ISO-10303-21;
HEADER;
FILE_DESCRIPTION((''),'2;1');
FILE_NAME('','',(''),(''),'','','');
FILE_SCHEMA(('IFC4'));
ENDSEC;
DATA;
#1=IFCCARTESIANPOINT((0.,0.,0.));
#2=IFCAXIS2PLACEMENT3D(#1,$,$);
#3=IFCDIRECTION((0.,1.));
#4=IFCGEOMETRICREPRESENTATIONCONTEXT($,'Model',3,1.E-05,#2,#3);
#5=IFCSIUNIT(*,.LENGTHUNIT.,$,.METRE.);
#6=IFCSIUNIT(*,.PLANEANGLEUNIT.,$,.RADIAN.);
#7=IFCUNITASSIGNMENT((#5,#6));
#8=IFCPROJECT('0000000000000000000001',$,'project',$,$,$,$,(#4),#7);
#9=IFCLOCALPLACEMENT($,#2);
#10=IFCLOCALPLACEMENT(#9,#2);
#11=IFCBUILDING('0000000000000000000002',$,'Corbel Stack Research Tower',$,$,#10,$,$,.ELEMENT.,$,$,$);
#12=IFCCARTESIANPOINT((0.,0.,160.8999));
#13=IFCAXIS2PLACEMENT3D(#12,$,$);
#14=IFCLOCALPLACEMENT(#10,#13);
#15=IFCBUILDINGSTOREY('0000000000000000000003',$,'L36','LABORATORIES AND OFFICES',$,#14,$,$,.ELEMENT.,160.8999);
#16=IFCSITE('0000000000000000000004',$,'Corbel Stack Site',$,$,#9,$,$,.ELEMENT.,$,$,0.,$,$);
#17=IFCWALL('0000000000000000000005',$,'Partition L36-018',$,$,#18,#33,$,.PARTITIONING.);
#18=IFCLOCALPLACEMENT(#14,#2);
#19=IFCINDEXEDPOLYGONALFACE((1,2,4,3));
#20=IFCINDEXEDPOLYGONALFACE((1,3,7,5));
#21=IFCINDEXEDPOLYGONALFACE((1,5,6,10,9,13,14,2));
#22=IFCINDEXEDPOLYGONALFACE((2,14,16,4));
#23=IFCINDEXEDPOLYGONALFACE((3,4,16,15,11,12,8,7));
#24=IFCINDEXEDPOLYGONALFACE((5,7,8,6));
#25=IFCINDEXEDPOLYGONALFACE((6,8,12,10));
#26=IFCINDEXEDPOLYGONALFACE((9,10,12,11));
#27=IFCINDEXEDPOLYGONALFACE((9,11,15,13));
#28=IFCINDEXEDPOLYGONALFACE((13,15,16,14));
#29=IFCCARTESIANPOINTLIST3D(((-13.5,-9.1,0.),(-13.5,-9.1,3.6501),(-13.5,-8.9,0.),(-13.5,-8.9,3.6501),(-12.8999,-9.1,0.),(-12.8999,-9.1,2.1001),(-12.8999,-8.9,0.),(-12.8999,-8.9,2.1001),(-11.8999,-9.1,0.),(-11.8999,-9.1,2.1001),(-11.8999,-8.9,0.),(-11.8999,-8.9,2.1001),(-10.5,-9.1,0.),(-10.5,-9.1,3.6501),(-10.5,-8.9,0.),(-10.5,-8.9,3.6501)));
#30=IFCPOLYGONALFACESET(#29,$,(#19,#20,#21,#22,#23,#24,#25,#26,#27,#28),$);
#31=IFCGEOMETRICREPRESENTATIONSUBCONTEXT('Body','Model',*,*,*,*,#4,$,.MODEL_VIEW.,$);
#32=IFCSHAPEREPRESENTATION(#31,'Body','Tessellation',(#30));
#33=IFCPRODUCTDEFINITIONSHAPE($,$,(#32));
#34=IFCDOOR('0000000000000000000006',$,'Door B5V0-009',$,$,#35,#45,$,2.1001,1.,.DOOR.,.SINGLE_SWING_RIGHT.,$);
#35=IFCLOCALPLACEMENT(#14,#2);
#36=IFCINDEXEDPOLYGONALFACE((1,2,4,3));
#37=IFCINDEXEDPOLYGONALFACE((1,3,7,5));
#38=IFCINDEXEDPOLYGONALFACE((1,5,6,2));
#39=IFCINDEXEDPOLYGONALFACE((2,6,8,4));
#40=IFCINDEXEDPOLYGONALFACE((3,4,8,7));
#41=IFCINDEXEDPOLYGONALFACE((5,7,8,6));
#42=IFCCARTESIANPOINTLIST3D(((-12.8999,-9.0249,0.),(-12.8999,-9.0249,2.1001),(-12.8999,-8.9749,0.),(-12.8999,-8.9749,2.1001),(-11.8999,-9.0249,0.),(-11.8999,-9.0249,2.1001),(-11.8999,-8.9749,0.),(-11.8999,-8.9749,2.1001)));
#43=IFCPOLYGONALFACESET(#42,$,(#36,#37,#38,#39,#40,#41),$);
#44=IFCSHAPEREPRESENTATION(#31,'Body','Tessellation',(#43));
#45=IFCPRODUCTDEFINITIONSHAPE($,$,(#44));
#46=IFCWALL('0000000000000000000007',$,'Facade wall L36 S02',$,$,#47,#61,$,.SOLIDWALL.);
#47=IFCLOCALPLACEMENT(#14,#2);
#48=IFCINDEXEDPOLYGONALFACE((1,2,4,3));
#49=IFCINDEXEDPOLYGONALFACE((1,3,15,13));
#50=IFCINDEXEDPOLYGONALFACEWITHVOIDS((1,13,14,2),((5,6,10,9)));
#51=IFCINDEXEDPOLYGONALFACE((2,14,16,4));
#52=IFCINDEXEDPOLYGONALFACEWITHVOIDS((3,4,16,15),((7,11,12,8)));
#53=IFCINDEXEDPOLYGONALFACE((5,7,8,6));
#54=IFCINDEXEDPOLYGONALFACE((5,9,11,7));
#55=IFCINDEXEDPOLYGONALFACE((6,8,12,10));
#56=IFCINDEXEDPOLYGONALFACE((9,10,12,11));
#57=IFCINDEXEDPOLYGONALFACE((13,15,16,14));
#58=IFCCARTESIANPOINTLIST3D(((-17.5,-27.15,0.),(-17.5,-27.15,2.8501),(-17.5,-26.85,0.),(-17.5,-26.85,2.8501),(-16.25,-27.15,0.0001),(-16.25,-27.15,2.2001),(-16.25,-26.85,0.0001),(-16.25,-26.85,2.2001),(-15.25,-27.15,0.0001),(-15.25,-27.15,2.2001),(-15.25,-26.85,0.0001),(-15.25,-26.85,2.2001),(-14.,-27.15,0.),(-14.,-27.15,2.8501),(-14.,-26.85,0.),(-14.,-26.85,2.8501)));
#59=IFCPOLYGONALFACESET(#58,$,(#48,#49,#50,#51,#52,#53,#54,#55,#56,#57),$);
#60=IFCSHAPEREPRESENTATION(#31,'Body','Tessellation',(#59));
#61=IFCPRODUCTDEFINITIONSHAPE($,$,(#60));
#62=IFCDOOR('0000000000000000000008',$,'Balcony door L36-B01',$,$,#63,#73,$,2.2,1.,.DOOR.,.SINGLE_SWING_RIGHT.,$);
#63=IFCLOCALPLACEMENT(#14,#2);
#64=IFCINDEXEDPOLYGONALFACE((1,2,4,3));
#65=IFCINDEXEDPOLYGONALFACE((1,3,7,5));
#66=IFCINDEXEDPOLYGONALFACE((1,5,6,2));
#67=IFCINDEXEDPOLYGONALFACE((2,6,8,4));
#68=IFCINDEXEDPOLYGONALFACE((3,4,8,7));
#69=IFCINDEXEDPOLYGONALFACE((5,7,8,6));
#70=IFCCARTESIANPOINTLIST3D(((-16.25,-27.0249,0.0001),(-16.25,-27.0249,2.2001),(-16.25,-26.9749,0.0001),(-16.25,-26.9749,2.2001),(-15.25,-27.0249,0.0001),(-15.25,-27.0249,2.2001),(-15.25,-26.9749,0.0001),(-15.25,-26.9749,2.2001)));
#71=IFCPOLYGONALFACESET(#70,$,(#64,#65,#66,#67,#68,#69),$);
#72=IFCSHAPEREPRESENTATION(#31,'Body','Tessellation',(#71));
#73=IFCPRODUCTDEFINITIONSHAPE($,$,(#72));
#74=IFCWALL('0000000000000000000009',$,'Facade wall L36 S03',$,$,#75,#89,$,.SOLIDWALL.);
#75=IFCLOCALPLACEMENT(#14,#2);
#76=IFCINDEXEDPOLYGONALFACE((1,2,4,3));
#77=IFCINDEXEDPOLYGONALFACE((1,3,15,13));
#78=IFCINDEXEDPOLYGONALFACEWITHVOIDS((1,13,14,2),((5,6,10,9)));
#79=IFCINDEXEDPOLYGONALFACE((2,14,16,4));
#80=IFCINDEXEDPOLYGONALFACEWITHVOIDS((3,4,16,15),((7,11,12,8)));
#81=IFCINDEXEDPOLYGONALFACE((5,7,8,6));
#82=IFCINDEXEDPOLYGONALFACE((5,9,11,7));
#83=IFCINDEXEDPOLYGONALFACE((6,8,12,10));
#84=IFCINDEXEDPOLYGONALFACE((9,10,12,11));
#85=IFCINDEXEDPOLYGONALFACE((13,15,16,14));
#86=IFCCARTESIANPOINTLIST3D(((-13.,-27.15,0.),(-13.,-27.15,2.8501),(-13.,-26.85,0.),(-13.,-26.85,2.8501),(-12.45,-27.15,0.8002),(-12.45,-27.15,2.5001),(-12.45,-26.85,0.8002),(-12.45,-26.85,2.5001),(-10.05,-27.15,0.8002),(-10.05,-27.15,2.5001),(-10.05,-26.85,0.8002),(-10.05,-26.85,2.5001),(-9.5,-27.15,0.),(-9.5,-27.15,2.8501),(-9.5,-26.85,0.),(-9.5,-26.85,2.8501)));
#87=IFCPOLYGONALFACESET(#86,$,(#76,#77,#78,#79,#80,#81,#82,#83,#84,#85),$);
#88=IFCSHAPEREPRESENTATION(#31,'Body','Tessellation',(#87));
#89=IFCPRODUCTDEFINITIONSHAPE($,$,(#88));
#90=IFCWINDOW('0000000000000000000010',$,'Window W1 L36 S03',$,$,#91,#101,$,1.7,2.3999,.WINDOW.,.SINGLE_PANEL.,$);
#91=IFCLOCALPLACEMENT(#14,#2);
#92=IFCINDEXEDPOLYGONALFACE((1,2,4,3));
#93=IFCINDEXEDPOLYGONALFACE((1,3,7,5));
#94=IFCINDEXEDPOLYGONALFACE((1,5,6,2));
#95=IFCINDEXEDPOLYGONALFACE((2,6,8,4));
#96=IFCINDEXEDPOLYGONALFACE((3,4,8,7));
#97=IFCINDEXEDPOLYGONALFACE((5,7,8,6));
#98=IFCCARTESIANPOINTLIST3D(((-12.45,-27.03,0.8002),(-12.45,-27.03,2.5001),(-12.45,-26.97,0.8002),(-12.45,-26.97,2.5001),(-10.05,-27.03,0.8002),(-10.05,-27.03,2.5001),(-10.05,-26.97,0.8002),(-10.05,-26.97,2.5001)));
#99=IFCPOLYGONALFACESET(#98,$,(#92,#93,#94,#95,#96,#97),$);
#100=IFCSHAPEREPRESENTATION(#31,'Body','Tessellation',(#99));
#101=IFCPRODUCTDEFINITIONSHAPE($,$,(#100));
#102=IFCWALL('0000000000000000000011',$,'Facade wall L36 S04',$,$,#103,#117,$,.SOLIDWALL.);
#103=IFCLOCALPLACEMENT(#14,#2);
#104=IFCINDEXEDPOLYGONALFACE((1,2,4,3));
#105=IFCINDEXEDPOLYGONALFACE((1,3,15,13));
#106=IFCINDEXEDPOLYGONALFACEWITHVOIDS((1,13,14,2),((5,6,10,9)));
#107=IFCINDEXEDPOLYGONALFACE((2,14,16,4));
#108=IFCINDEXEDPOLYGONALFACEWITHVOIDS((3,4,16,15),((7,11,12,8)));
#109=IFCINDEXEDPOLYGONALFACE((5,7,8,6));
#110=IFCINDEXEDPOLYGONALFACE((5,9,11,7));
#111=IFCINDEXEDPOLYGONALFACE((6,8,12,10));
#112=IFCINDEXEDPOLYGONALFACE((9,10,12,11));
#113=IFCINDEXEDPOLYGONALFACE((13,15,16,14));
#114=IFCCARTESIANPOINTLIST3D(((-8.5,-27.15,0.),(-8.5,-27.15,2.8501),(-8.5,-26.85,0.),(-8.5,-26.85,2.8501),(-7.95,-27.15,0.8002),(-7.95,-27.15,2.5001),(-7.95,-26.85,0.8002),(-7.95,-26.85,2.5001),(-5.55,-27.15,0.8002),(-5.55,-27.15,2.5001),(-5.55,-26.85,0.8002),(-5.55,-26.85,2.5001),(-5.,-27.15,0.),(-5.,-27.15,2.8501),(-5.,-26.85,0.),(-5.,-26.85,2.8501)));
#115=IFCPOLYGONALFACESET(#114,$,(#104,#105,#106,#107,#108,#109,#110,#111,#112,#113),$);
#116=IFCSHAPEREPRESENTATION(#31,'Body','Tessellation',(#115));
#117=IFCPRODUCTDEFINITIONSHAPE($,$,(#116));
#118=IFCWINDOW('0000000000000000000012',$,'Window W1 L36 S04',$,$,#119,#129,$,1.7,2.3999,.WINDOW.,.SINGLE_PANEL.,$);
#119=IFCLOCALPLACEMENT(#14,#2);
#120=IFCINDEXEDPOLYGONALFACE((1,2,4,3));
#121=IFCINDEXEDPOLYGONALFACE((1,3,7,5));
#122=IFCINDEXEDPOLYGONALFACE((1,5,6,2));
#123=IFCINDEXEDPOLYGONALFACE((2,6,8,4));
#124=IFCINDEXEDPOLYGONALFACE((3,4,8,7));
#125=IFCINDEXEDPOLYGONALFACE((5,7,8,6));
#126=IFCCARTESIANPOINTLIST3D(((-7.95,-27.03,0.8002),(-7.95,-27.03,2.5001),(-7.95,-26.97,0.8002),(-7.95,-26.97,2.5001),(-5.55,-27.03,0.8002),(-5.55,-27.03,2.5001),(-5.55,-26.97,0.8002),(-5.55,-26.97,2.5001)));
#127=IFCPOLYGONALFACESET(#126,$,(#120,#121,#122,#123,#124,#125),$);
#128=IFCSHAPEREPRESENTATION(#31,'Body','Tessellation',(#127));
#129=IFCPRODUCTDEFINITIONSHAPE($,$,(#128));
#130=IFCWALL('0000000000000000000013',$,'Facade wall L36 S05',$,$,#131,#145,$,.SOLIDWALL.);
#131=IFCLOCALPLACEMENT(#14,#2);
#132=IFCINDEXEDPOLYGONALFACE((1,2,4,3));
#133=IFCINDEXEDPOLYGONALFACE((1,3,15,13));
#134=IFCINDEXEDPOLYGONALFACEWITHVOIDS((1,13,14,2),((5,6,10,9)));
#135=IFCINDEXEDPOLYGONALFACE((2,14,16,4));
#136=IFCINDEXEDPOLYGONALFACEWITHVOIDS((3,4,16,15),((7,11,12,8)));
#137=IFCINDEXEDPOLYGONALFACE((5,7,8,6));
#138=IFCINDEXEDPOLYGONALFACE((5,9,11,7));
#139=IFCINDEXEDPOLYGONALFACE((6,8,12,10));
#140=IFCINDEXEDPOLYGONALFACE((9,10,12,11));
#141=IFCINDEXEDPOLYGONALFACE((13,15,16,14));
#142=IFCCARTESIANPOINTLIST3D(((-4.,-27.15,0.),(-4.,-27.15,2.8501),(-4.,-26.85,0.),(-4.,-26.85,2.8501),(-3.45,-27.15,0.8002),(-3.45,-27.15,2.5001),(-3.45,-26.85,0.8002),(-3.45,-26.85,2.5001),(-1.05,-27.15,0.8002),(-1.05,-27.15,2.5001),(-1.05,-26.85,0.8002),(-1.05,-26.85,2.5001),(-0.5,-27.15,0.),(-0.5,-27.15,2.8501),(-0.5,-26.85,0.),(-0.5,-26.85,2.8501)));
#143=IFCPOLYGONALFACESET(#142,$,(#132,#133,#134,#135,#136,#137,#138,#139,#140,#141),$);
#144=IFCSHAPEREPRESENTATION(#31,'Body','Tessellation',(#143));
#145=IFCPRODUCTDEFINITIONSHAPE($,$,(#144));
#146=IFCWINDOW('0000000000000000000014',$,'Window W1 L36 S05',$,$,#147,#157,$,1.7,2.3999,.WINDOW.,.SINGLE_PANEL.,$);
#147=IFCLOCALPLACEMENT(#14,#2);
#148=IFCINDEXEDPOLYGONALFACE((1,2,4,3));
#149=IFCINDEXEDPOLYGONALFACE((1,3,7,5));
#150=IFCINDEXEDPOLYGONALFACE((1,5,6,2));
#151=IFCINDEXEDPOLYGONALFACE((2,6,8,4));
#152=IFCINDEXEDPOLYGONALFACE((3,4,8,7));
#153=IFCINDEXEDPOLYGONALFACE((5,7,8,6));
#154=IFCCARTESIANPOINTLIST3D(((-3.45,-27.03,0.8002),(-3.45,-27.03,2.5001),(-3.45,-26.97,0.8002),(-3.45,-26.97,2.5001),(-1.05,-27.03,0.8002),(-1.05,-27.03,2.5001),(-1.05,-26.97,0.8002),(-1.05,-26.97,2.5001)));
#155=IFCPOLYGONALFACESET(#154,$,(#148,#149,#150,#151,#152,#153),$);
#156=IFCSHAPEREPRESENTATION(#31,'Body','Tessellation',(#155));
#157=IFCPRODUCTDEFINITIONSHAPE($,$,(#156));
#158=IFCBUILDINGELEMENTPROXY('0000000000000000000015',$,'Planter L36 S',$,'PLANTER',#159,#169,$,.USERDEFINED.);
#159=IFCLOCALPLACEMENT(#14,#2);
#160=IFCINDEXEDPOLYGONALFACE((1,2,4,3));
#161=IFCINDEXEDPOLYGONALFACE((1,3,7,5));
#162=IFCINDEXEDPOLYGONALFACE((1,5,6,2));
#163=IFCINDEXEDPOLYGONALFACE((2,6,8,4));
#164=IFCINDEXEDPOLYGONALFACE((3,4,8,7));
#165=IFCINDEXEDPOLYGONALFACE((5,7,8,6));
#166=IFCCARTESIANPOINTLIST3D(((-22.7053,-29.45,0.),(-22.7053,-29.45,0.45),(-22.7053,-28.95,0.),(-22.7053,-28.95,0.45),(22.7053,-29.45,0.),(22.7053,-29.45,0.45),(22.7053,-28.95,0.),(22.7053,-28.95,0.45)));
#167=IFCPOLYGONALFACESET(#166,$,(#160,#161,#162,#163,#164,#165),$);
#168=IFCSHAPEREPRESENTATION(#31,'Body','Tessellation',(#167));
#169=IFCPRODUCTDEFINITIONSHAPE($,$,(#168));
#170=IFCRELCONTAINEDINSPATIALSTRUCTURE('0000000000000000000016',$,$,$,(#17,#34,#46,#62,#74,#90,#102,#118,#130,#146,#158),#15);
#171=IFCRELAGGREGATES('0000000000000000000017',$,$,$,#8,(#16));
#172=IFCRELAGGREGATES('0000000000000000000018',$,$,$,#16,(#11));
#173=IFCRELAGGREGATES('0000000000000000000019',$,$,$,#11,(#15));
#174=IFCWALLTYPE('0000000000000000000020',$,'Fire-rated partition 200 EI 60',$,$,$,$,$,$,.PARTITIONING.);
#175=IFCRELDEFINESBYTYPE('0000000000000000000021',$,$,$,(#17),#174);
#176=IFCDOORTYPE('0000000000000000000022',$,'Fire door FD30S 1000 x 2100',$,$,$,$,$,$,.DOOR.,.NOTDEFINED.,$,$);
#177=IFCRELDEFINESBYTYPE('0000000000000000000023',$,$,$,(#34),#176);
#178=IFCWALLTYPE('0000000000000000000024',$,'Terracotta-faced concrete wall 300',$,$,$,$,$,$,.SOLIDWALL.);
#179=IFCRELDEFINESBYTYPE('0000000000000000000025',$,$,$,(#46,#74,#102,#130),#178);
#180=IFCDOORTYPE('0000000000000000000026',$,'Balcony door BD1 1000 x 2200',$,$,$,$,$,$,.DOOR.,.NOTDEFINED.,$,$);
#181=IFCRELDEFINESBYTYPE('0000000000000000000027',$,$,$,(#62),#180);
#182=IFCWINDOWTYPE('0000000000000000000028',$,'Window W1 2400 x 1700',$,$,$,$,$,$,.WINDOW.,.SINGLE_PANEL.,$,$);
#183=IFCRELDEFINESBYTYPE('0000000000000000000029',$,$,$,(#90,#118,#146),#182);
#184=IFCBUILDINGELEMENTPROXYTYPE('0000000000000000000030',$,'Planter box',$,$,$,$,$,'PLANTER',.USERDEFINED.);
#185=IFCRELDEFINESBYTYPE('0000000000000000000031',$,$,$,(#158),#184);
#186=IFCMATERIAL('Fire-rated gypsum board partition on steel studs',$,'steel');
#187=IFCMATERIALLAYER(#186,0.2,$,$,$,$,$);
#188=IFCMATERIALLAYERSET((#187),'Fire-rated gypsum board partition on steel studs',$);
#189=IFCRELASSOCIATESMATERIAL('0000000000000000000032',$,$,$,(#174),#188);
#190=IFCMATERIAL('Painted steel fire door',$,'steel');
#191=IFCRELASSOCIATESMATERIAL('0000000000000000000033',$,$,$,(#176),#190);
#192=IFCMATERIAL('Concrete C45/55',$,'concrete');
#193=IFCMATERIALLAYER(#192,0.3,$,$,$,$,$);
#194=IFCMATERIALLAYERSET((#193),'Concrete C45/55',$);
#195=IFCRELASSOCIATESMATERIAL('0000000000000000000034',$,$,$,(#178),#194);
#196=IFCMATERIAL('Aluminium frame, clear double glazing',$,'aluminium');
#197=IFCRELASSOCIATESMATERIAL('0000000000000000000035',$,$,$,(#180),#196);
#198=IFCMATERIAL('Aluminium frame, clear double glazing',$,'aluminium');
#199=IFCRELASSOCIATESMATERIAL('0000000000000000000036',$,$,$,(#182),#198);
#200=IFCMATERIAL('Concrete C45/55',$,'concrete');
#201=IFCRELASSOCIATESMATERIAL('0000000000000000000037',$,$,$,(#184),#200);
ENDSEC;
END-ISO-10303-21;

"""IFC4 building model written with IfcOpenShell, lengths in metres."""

from ifc_helpers import new_model, si_unit, direction, frame, frame_2d, origin, origin_2d, place, context, subcontext, project, spatial, rectangle, extrude, material, layer, layer_set, type_object, element, fill, save


model = new_model("IFC4")

# Units and contexts
model_context = context("Model", 3, precision=1e-05, world=origin(), true_north=direction((0.0, 1.0)))
body_context = subcontext(model_context, "Body", "Model", "MODEL_VIEW")
ifc_project = project(units=[si_unit("LENGTHUNIT", "METRE"), si_unit("PLANEANGLEUNIT", "RADIAN")], contexts=[model_context])

# Site, building, storey
site_placement = place(None, origin())
site = spatial("IfcSite", under=ifc_project, at=site_placement, Name="Corbel Stack Site", CompositionType="ELEMENT", RefElevation=0.0)
building_placement = place(site_placement, origin())
building = spatial("IfcBuilding", under=site, at=building_placement, Name="Corbel Stack Research Tower", CompositionType="ELEMENT")
storey_placement = place(building_placement, frame((0.0, 0.0, 160.8999)))
storey = spatial("IfcBuildingStorey", under=building, at=storey_placement, Name="L36", Description="LABORATORIES AND OFFICES", CompositionType="ELEMENT", Elevation=160.8999)

# Shared definitions
ifc_material_1 = material(Name="Fire-rated gypsum board partition on steel studs", Category="steel")
ifc_layer_1 = layer(ifc_material_1, 0.2)
ifc_layer_set_1 = layer_set([ifc_layer_1], Name="Fire-rated gypsum board partition on steel studs")
wall_type_1 = type_object("IfcWallType", Name="Fire-rated partition 200 EI 60", PredefinedType="PARTITIONING", material=ifc_layer_set_1)

# Walls, openings, doors
wall_1_placement = place(storey_placement, frame((-10.5, -9.0, 0.0), z_axis=(0.0, 0.0, 1.0), x_axis=(-1.0, 0.0, 0.0)))
wall_1 = element("IfcWall", 1, at=wall_1_placement, inside=storey, type_object=wall_type_1, Name="Partition L36-018", PredefinedType="PARTITIONING", context=body_context, shape_type="SweptSolid", body=[
    extrude(rectangle(XDim=3.0, YDim=0.2, at=frame_2d((1.5, 0.0))), origin(), (0.0, 0.0, 1.0), 3.6501),
])
opening_1_placement = place(wall_1_placement, frame((1.3999, 0.0, 0.0)))
opening_1 = element("IfcOpeningElement", 2, at=opening_1_placement, cuts=wall_1, PredefinedType="OPENING", context=body_context, shape_type="SweptSolid", body=[
    extrude(rectangle(XDim=1.0, YDim=2.1001, at=frame_2d((0.5, 1.05))), frame((0.0, 0.1099, 0.0), z_axis=(0.0, -1.0, 0.0), x_axis=(1.0, 0.0, 0.0)), (0.0, 0.0, 1.0), 0.22),
])
ifc_material_2 = material(Name="Painted steel fire door", Category="steel")
door_type_1 = type_object("IfcDoorType", Name="Fire door FD30S 1000 x 2100", OperationType="NOTDEFINED", PredefinedType="DOOR", material=ifc_material_2)
door_1_placement = place(opening_1_placement, origin())
door_1 = element("IfcDoor", 3, at=door_1_placement, inside=storey, type_object=door_type_1, Name="Door B5V0-009", OperationType="SINGLE_SWING_RIGHT", OverallHeight=2.1001, OverallWidth=1.0, PredefinedType="DOOR", context=body_context, shape_type="SweptSolid", body=[
    extrude(rectangle(XDim=1.0, YDim=2.1001, at=frame_2d((0.5, 1.05))), frame((0.0, 0.0249, 0.0), z_axis=(0.0, -1.0, 0.0), x_axis=(1.0, 0.0, 0.0)), (0.0, 0.0, 1.0), 0.05),
])
fill(opening_1, door_1)
ifc_material_3 = material(Name="Concrete C45/55", Category="concrete")
ifc_layer_2 = layer(ifc_material_3, 0.3)
ifc_layer_set_2 = layer_set([ifc_layer_2], Name="Concrete C45/55")
wall_type_2 = type_object("IfcWallType", Name="Terracotta-faced concrete wall 300", PredefinedType="SOLIDWALL", material=ifc_layer_set_2)
wall_2_placement = place(storey_placement, frame((-14.0, -27.0, 0.0), z_axis=(0.0, 0.0, 1.0), x_axis=(-1.0, 0.0, 0.0)))
wall_2 = element("IfcWall", 4, at=wall_2_placement, inside=storey, type_object=wall_type_2, Name="Facade wall L36 S02", PredefinedType="SOLIDWALL", context=body_context, shape_type="SweptSolid", body=[
    extrude(rectangle(XDim=3.5, YDim=0.3, at=frame_2d((1.75, 0.0))), origin(), (0.0, 0.0, 1.0), 2.8501),
])
opening_2_placement = place(wall_2_placement, frame((1.25, 0.0, 0.0)))
opening_2 = element("IfcOpeningElement", 5, at=opening_2_placement, cuts=wall_2, PredefinedType="OPENING", context=body_context, shape_type="SweptSolid", body=[
    extrude(rectangle(XDim=1.0, YDim=2.2, at=frame_2d((0.5, 1.1001))), frame((0.0, 0.1599, 0.0), z_axis=(0.0, -1.0, 0.0), x_axis=(1.0, 0.0, 0.0)), (0.0, 0.0, 1.0), 0.3201),
])
ifc_material_4 = material(Name="Aluminium frame, clear double glazing", Category="aluminium")
door_type_2 = type_object("IfcDoorType", Name="Balcony door BD1 1000 x 2200", OperationType="NOTDEFINED", PredefinedType="DOOR", material=ifc_material_4)
door_2_placement = place(opening_2_placement, origin())
door_2 = element("IfcDoor", 6, at=door_2_placement, inside=storey, type_object=door_type_2, Name="Balcony door L36-B01", OperationType="SINGLE_SWING_RIGHT", OverallHeight=2.2, OverallWidth=1.0, PredefinedType="DOOR", context=body_context, shape_type="SweptSolid", body=[
    extrude(rectangle(XDim=1.0, YDim=2.2, at=frame_2d((0.5, 1.1001))), frame((0.0, 0.0249, 0.0), z_axis=(0.0, -1.0, 0.0), x_axis=(1.0, 0.0, 0.0)), (0.0, 0.0, 1.0), 0.05),
])
fill(opening_2, door_2)

# Walls, openings, windows
wall_3_placement = place(storey_placement, frame((-9.5, -27.0, 0.0), z_axis=(0.0, 0.0, 1.0), x_axis=(-1.0, 0.0, 0.0)))
wall_3 = element("IfcWall", 7, at=wall_3_placement, inside=storey, type_object=wall_type_2, Name="Facade wall L36 S03", PredefinedType="SOLIDWALL", context=body_context, shape_type="SweptSolid", body=[
    extrude(rectangle(XDim=3.5, YDim=0.3, at=frame_2d((1.75, 0.0))), origin(), (0.0, 0.0, 1.0), 2.8501),
])
opening_3_placement = place(wall_3_placement, frame((0.55, 0.0, 0.8)))
opening_3 = element("IfcOpeningElement", 8, at=opening_3_placement, cuts=wall_3, PredefinedType="OPENING", context=body_context, shape_type="SweptSolid", body=[
    extrude(rectangle(XDim=2.3999, YDim=1.7, at=frame_2d((1.2, 0.8501))), frame((0.0, 0.1599, 0.0), z_axis=(0.0, -1.0, 0.0), x_axis=(1.0, 0.0, 0.0)), (0.0, 0.0, 1.0), 0.3201),
])
ifc_material_5 = material(Name="Aluminium frame, clear double glazing", Category="aluminium")
window_type = type_object("IfcWindowType", Name="Window W1 2400 x 1700", PartitioningType="SINGLE_PANEL", PredefinedType="WINDOW", material=ifc_material_5)
window_1_placement = place(opening_3_placement, origin())
window_1 = element("IfcWindow", 9, at=window_1_placement, inside=storey, type_object=window_type, Name="Window W1 L36 S03", OverallHeight=1.7, OverallWidth=2.3999, PartitioningType="SINGLE_PANEL", PredefinedType="WINDOW", context=body_context, shape_type="SweptSolid", body=[
    extrude(rectangle(XDim=2.3999, YDim=1.7, at=frame_2d((1.2, 0.8501))), frame((0.0, 0.03, 0.0), z_axis=(0.0, -1.0, 0.0), x_axis=(1.0, 0.0, 0.0)), (0.0, 0.0, 1.0), 0.0601),
])
fill(opening_3, window_1)
wall_4_placement = place(storey_placement, frame((-5.0, -27.0, 0.0), z_axis=(0.0, 0.0, 1.0), x_axis=(-1.0, 0.0, 0.0)))
wall_4 = element("IfcWall", 10, at=wall_4_placement, inside=storey, type_object=wall_type_2, Name="Facade wall L36 S04", PredefinedType="SOLIDWALL", context=body_context, shape_type="SweptSolid", body=[
    extrude(rectangle(XDim=3.5, YDim=0.3, at=frame_2d((1.75, 0.0))), origin(), (0.0, 0.0, 1.0), 2.8501),
])
opening_4_placement = place(wall_4_placement, frame((0.55, 0.0, 0.8)))
opening_4 = element("IfcOpeningElement", 11, at=opening_4_placement, cuts=wall_4, PredefinedType="OPENING", context=body_context, shape_type="SweptSolid", body=[
    extrude(rectangle(XDim=2.3999, YDim=1.7, at=frame_2d((1.2, 0.8501))), frame((0.0, 0.1599, 0.0), z_axis=(0.0, -1.0, 0.0), x_axis=(1.0, 0.0, 0.0)), (0.0, 0.0, 1.0), 0.3201),
])
window_2_placement = place(opening_4_placement, origin())
window_2 = element("IfcWindow", 12, at=window_2_placement, inside=storey, type_object=window_type, Name="Window W1 L36 S04", OverallHeight=1.7, OverallWidth=2.3999, PartitioningType="SINGLE_PANEL", PredefinedType="WINDOW", context=body_context, shape_type="SweptSolid", body=[
    extrude(rectangle(XDim=2.3999, YDim=1.7, at=frame_2d((1.2, 0.8501))), frame((0.0, 0.03, 0.0), z_axis=(0.0, -1.0, 0.0), x_axis=(1.0, 0.0, 0.0)), (0.0, 0.0, 1.0), 0.0601),
])
fill(opening_4, window_2)
wall_5_placement = place(storey_placement, frame((-0.5, -27.0, 0.0), z_axis=(0.0, 0.0, 1.0), x_axis=(-1.0, 0.0, 0.0)))
wall_5 = element("IfcWall", 13, at=wall_5_placement, inside=storey, type_object=wall_type_2, Name="Facade wall L36 S05", PredefinedType="SOLIDWALL", context=body_context, shape_type="SweptSolid", body=[
    extrude(rectangle(XDim=3.5, YDim=0.3, at=frame_2d((1.75, 0.0))), origin(), (0.0, 0.0, 1.0), 2.8501),
])
opening_5_placement = place(wall_5_placement, frame((0.55, 0.0, 0.8)))
opening_5 = element("IfcOpeningElement", 14, at=opening_5_placement, cuts=wall_5, PredefinedType="OPENING", context=body_context, shape_type="SweptSolid", body=[
    extrude(rectangle(XDim=2.3999, YDim=1.7, at=frame_2d((1.2, 0.8501))), frame((0.0, 0.1599, 0.0), z_axis=(0.0, -1.0, 0.0), x_axis=(1.0, 0.0, 0.0)), (0.0, 0.0, 1.0), 0.3201),
])
window_3_placement = place(opening_5_placement, origin())
window_3 = element("IfcWindow", 15, at=window_3_placement, inside=storey, type_object=window_type, Name="Window W1 L36 S05", OverallHeight=1.7, OverallWidth=2.3999, PartitioningType="SINGLE_PANEL", PredefinedType="WINDOW", context=body_context, shape_type="SweptSolid", body=[
    extrude(rectangle(XDim=2.3999, YDim=1.7, at=frame_2d((1.2, 0.8501))), frame((0.0, 0.03, 0.0), z_axis=(0.0, -1.0, 0.0), x_axis=(1.0, 0.0, 0.0)), (0.0, 0.0, 1.0), 0.0601),
])
fill(opening_5, window_3)

# Building element proxy
ifc_material_6 = material(Name="Concrete C45/55", Category="concrete")
building_element_proxy_type = type_object("IfcBuildingElementProxyType", Name="Planter box", ElementType="PLANTER", PredefinedType="USERDEFINED", material=ifc_material_6)
proxy_placement = place(storey_placement, frame((0.0, -29.2, 0.0), z_axis=(0.0, 0.0, 1.0), x_axis=(1.0, 0.0, 0.0)))
element("IfcBuildingElementProxy", 16, at=proxy_placement, inside=storey, type_object=building_element_proxy_type, Name="Planter L36 S", ObjectType="PLANTER", PredefinedType="USERDEFINED", context=body_context, shape_type="SweptSolid", body=[
    extrude(rectangle(XDim=45.4106, YDim=0.5, at=origin_2d()), origin(), (0.0, 0.0, 1.0), 0.45),
])

save(model, "model.ifc")
